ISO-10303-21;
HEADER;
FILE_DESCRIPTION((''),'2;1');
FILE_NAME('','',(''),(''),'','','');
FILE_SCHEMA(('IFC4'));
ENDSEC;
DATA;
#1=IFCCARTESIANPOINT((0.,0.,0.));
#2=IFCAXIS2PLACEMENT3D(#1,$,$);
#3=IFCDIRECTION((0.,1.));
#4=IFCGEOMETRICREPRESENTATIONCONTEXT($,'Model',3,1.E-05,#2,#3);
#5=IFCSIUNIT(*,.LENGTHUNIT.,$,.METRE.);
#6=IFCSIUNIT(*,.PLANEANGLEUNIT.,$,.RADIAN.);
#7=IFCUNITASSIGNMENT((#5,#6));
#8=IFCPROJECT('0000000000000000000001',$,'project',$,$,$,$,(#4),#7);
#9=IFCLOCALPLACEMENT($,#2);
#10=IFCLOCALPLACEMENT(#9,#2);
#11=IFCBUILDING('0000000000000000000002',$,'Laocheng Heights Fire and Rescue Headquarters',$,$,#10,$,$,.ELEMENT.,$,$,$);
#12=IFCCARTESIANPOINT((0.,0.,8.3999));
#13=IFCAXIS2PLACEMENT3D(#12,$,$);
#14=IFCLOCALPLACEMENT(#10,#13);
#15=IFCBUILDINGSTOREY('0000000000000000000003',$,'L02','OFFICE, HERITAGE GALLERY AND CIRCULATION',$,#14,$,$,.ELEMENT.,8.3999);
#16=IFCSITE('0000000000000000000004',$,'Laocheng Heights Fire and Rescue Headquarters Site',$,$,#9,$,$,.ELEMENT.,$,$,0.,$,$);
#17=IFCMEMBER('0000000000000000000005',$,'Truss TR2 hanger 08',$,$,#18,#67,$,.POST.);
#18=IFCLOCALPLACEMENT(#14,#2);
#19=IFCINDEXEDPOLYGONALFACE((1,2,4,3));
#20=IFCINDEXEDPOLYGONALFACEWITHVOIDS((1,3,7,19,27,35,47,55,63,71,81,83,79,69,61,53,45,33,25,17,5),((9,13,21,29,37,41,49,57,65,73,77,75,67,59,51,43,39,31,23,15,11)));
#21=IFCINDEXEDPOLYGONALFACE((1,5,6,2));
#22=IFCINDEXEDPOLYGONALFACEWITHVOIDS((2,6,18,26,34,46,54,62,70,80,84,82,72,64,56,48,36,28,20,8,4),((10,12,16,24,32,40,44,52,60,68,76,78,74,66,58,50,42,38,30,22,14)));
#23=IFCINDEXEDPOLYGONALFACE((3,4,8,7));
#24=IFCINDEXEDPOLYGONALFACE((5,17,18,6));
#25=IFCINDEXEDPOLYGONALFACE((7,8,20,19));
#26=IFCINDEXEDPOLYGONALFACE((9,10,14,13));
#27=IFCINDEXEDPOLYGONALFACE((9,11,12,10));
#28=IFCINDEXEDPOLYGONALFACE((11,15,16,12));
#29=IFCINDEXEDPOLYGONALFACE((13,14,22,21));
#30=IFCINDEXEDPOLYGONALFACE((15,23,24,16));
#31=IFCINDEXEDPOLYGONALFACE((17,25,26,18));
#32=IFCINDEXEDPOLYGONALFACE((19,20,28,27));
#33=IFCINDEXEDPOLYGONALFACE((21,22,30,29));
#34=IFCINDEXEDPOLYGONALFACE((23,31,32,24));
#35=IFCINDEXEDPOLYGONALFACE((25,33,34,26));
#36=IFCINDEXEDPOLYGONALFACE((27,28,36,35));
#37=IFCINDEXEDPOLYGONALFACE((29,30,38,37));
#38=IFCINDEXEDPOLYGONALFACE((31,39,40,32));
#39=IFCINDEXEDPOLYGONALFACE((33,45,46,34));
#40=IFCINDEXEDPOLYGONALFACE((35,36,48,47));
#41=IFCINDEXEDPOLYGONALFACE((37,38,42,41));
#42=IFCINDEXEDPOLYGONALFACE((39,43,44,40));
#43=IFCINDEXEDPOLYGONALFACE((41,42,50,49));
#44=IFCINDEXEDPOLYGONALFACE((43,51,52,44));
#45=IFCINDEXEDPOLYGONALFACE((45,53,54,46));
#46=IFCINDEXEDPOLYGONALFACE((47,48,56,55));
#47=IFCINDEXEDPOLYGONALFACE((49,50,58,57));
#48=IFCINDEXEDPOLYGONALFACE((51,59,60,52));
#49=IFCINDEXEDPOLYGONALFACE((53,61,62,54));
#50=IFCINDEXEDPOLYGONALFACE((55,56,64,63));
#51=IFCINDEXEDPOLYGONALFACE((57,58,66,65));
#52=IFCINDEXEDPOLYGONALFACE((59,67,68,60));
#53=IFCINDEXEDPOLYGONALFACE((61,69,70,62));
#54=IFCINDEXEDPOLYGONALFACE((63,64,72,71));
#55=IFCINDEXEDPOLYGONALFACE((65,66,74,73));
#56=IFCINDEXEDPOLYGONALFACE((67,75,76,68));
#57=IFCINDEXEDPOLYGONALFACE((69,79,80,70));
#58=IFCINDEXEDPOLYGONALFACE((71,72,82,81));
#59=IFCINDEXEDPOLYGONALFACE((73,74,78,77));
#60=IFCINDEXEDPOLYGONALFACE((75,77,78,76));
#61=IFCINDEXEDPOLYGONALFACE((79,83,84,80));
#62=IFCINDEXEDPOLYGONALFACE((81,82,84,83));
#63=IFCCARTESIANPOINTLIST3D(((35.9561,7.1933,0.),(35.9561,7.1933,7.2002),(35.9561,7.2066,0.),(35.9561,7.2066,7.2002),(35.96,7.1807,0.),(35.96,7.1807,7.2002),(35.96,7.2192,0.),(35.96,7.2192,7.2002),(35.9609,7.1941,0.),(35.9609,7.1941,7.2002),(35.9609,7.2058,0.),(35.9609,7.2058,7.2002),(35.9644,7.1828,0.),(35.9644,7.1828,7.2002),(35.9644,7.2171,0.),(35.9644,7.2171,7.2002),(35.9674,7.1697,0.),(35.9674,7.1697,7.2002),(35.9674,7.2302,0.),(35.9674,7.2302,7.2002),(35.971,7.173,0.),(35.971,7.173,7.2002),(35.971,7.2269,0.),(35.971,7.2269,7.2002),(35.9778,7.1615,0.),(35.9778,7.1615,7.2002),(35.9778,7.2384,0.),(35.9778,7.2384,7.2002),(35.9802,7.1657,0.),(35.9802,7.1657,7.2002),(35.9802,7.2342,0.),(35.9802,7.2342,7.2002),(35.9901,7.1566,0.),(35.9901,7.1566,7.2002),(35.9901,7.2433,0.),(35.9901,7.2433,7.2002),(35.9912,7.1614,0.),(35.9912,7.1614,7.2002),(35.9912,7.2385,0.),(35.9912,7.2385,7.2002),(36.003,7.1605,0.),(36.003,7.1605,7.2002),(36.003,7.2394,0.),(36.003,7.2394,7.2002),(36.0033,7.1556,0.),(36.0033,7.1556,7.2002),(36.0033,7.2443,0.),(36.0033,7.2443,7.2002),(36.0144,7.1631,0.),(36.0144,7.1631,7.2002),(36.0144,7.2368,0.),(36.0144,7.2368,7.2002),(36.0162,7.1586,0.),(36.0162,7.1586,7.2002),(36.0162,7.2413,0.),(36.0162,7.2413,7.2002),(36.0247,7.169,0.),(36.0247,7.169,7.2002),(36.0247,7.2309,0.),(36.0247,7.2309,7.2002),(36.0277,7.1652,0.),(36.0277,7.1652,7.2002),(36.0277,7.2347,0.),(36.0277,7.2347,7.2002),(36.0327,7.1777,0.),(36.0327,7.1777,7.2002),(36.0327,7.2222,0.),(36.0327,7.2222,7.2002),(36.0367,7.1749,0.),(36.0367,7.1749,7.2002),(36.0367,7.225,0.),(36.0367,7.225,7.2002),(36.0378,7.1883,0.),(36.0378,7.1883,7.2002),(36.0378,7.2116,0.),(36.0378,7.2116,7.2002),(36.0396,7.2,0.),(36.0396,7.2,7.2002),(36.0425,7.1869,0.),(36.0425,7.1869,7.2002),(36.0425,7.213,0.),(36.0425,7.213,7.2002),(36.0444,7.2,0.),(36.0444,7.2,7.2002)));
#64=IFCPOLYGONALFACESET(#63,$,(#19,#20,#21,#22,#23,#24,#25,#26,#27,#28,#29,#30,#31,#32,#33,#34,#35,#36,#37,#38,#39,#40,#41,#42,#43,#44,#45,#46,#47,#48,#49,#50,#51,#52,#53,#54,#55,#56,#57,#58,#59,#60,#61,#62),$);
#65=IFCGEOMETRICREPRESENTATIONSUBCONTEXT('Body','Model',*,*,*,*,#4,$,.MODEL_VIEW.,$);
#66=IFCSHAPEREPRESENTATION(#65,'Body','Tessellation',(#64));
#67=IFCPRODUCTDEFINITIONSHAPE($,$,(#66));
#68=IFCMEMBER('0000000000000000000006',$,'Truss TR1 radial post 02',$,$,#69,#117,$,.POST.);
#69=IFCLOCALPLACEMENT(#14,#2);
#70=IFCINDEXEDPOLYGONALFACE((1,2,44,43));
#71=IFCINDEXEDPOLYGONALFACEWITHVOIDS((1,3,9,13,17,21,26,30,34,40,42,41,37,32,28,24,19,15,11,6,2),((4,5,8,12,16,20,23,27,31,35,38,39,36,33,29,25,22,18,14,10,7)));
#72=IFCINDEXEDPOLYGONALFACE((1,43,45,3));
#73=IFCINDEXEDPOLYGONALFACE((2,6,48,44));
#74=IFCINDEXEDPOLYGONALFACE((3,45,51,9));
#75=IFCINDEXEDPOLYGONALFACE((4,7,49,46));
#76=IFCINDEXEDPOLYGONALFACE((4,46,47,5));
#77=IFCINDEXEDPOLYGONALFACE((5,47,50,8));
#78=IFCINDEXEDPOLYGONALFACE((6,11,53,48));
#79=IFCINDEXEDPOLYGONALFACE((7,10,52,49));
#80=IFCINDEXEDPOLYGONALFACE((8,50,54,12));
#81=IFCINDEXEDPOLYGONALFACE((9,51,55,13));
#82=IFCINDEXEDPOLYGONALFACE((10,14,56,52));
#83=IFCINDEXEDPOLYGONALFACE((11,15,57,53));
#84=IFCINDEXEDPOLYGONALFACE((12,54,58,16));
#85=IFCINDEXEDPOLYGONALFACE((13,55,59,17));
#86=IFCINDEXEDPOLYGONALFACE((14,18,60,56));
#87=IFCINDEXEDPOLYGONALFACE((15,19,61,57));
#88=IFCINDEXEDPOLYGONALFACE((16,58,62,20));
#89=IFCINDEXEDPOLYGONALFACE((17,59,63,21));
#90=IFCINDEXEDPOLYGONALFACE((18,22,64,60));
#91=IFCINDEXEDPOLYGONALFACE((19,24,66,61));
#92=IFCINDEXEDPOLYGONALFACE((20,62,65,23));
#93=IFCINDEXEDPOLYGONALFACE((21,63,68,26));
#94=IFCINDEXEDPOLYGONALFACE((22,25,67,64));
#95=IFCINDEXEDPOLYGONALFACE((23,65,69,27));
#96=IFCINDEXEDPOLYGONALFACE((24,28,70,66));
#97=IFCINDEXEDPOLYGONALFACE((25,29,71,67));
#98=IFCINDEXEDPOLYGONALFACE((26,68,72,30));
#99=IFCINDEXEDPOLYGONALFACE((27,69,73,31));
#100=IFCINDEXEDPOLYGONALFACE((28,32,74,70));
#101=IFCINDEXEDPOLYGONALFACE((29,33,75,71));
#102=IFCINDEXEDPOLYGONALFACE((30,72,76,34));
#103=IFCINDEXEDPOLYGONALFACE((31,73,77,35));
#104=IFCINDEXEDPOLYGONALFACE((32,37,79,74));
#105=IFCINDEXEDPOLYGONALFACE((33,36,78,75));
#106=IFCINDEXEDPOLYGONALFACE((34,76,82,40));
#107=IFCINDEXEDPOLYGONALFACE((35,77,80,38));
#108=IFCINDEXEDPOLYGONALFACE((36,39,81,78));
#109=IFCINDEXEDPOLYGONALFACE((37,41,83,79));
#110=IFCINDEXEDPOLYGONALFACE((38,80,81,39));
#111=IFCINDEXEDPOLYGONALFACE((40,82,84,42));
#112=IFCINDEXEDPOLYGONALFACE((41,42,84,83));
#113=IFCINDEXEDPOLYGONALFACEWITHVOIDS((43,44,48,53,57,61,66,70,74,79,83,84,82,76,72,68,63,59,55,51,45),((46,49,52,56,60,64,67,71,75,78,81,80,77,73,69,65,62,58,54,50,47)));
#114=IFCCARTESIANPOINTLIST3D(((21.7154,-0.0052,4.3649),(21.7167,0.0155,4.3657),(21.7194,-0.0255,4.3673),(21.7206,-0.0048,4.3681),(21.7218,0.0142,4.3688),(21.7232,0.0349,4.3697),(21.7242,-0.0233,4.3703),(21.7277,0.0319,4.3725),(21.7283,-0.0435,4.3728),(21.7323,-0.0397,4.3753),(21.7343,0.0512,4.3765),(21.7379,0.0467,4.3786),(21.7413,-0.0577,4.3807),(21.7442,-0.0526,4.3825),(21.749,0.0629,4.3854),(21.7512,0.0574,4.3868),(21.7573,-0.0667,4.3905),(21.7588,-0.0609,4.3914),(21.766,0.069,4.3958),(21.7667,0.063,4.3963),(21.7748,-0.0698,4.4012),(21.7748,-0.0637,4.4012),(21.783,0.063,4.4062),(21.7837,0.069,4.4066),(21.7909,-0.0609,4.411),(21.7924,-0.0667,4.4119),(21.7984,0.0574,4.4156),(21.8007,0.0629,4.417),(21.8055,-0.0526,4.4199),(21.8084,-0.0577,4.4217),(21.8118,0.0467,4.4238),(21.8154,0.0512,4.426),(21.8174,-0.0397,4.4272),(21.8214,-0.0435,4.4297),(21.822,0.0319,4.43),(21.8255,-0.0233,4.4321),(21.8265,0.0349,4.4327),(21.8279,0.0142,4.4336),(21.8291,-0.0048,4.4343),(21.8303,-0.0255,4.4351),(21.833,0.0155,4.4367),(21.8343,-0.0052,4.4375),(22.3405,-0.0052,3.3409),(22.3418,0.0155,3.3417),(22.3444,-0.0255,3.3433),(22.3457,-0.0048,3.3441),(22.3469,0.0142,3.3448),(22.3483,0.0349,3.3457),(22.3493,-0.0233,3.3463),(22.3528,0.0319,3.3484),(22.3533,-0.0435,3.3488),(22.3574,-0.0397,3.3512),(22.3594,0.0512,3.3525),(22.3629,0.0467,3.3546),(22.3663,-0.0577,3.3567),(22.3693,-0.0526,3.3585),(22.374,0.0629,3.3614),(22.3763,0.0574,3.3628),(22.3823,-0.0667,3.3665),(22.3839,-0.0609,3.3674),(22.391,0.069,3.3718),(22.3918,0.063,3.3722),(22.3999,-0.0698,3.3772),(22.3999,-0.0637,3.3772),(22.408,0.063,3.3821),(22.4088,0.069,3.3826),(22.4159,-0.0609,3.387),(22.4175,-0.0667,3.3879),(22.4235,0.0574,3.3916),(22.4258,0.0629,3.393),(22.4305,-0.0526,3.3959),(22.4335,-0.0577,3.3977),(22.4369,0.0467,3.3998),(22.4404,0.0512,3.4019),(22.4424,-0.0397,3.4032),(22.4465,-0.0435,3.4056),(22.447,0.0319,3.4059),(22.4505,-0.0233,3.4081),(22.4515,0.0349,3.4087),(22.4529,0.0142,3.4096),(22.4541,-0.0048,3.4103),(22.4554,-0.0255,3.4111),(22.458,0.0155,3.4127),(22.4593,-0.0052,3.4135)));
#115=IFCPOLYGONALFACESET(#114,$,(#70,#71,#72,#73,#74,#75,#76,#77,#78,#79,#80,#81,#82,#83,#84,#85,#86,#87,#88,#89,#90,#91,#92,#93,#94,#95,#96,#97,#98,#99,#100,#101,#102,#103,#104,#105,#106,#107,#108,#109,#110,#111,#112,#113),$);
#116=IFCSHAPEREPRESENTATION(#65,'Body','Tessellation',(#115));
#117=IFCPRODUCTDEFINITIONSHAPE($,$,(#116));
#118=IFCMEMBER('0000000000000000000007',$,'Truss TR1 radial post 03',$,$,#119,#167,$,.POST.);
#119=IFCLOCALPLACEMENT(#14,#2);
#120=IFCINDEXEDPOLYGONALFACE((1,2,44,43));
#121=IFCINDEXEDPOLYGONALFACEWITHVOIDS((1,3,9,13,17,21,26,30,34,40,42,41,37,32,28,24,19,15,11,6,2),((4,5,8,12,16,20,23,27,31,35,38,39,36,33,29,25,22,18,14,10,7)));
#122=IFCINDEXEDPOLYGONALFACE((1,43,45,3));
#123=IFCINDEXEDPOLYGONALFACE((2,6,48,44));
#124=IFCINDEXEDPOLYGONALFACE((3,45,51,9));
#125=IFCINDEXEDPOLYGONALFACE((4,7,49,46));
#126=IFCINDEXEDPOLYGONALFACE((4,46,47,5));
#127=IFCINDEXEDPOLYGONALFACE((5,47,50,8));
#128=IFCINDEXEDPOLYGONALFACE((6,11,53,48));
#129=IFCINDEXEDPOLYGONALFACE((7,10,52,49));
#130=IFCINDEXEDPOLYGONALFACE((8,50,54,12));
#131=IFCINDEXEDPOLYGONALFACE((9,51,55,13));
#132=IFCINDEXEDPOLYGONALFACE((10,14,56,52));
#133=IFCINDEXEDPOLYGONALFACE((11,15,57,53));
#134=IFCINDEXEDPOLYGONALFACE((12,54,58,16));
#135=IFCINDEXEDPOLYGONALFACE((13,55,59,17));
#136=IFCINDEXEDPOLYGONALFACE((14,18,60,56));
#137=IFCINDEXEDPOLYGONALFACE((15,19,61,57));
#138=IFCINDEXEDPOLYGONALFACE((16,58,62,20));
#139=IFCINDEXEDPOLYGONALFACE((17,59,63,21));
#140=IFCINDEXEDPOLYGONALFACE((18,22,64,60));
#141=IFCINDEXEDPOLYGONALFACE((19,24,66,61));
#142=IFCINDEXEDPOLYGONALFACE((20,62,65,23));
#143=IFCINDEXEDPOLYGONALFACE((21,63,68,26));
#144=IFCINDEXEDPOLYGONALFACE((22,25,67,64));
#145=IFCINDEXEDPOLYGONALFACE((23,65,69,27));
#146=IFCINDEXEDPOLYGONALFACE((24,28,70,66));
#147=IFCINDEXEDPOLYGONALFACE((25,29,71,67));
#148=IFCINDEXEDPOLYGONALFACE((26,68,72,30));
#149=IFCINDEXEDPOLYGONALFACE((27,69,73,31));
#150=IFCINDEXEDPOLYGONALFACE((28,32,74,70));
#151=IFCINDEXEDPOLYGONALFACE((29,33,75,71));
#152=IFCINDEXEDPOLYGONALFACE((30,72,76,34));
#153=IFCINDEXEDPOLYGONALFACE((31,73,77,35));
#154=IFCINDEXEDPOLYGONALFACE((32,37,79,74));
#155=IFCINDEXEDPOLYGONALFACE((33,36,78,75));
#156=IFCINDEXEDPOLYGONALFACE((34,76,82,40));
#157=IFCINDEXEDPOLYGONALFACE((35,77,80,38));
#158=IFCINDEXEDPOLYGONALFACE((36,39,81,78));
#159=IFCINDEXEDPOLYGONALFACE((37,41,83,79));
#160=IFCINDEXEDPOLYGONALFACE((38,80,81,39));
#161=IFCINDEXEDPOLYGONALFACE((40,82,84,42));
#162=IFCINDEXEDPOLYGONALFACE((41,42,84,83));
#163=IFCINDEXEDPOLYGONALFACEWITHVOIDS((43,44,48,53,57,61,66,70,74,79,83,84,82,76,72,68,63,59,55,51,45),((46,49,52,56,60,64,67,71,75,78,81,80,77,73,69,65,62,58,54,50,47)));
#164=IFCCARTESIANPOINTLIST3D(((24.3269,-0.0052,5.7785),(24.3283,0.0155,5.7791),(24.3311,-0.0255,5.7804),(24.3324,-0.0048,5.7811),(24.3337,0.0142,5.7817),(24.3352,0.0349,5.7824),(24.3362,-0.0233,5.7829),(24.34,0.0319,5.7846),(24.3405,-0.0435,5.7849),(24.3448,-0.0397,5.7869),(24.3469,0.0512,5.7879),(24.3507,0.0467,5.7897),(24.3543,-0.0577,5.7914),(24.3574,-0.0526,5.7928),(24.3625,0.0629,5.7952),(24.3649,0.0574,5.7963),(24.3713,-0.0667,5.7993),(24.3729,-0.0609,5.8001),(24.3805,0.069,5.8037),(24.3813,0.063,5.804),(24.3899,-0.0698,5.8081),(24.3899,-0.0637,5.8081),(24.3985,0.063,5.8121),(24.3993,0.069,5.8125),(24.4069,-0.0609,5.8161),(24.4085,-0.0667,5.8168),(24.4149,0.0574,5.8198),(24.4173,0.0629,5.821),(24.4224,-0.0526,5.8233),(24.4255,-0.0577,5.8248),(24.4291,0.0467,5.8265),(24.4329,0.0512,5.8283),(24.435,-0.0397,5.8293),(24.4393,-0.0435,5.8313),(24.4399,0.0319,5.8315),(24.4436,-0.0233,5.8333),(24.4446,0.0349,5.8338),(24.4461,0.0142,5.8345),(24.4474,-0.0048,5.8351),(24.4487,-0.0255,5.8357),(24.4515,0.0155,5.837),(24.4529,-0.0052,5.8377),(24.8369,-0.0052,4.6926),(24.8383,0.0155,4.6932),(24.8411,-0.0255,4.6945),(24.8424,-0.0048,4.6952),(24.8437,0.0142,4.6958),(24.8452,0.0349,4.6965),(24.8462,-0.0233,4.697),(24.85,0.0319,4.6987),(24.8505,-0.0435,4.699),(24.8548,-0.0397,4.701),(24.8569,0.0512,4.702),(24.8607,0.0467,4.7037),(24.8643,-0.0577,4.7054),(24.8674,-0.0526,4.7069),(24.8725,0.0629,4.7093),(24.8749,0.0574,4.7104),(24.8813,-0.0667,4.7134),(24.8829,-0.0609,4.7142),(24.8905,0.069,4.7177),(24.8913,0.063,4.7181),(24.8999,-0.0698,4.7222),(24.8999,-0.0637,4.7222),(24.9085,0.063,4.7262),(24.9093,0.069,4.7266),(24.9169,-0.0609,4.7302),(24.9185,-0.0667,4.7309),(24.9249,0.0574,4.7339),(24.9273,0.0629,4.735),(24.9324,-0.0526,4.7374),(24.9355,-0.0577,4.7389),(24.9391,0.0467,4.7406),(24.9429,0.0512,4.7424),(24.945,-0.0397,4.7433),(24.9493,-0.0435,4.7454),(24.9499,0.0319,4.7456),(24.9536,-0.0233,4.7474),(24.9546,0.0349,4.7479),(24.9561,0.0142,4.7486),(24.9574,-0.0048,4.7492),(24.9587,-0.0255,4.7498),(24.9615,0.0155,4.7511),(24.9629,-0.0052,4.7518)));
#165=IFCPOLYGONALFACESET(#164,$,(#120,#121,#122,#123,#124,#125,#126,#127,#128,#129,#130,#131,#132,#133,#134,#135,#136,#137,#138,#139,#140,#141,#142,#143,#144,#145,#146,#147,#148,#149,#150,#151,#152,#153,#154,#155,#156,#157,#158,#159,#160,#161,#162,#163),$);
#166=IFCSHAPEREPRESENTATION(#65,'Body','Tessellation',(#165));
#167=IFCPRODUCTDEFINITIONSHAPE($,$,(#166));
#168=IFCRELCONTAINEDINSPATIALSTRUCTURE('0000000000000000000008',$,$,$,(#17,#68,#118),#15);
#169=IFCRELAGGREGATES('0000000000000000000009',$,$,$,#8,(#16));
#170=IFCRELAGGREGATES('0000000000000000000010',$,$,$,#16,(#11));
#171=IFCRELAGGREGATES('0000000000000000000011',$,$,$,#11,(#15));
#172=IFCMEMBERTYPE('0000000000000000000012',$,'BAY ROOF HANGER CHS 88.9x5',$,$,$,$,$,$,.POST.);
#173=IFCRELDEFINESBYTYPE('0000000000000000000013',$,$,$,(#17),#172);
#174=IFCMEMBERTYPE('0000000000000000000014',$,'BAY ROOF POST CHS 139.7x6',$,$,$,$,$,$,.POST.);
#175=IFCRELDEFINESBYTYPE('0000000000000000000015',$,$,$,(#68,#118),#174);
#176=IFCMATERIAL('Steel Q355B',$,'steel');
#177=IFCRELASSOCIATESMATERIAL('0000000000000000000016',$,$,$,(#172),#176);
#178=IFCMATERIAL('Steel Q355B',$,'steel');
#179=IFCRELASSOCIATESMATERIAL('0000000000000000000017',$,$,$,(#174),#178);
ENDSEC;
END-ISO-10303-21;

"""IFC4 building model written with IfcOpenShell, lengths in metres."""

from ifc_helpers import new_model, si_unit, direction, frame, origin, origin_2d, place, context, subcontext, project, spatial, hollow_circle, extrude, material, material_profile, profile_set, type_object, element, save


model = new_model("IFC4")

# Units and contexts
model_context = context("Model", 3, precision=1e-05, world=origin(), true_north=direction((0.0, 1.0)))
body_context = subcontext(model_context, "Body", "Model", "MODEL_VIEW")
ifc_project = project(units=[si_unit("LENGTHUNIT", "METRE"), si_unit("PLANEANGLEUNIT", "RADIAN")], contexts=[model_context])

# Site, building, storey
site_placement = place(None, origin())
site = spatial("IfcSite", under=ifc_project, at=site_placement, Name="Laocheng Heights Fire and Rescue Headquarters Site", CompositionType="ELEMENT", RefElevation=0.0)
building_placement = place(site_placement, origin())
building = spatial("IfcBuilding", under=site, at=building_placement, Name="Laocheng Heights Fire and Rescue Headquarters", CompositionType="ELEMENT")
storey_placement = place(building_placement, frame((0.0, 0.0, 8.3999)))
storey = spatial("IfcBuildingStorey", under=building, at=storey_placement, Name="L02", Description="OFFICE, HERITAGE GALLERY AND CIRCULATION", CompositionType="ELEMENT", Elevation=8.3999)

# Members
ifc_material_1 = material(Name="Steel Q355B", Category="steel")
ifc_material_profile_1 = material_profile(ifc_material_1, hollow_circle(Radius=0.0444, WallThickness=0.0049, at=origin_2d()), Name="CHS 88.9x5")
ifc_profile_set_1 = profile_set([ifc_material_profile_1], Name="Steel Q355B")
member_type_1 = type_object("IfcMemberType", Name="BAY ROOF HANGER CHS 88.9x5", PredefinedType="POST", material=ifc_profile_set_1)
member_1_placement = place(storey_placement, frame((36.0, 7.2, 0.0), z_axis=(0.0, 0.0, 1.0), x_axis=(1.0, 0.0, 0.0)))
element("IfcMember", 1, at=member_1_placement, inside=storey, type_object=member_type_1, Name="Truss TR2 hanger 08", PredefinedType="POST", context=body_context, shape_type="SweptSolid", body=[
    extrude(hollow_circle(Radius=0.0444, WallThickness=0.0049, at=origin_2d()), origin(), (0.0, 0.0, 1.0), 7.2002),
])
ifc_material_2 = material(Name="Steel Q355B", Category="steel")
ifc_material_profile_2 = material_profile(ifc_material_2, hollow_circle(Radius=0.0698, WallThickness=0.0061, at=origin_2d()), Name="CHS 139.7x6")
ifc_profile_set_2 = profile_set([ifc_material_profile_2], Name="Steel Q355B")
member_type_2 = type_object("IfcMemberType", Name="BAY ROOF POST CHS 139.7x6", PredefinedType="POST", material=ifc_profile_set_2)
for number, where, z_axis, x_axis, name in (
    (2, (22.3999, 0.0, 3.3772), (-0.521005, 0.0, 0.853553), (0.0, -1.0, 0.0), "Truss TR1 radial post 02"),
    (3, (24.8999, 0.0, 4.7222), (-0.425101, 0.0, 0.905146), (0.0, -1.0, 0.0), "Truss TR1 radial post 03"),
):
    element("IfcMember", number, at=place(storey_placement, frame(where, z_axis=z_axis, x_axis=x_axis)), inside=storey, type_object=member_type_2, Name=name, PredefinedType="POST", context=body_context, shape_type="SweptSolid", body=[
        extrude(hollow_circle(Radius=0.0698, WallThickness=0.0061, at=origin_2d()), origin(), (0.0, 0.0, 1.0), 1.1997),
    ])

save(model, "model.ifc")
